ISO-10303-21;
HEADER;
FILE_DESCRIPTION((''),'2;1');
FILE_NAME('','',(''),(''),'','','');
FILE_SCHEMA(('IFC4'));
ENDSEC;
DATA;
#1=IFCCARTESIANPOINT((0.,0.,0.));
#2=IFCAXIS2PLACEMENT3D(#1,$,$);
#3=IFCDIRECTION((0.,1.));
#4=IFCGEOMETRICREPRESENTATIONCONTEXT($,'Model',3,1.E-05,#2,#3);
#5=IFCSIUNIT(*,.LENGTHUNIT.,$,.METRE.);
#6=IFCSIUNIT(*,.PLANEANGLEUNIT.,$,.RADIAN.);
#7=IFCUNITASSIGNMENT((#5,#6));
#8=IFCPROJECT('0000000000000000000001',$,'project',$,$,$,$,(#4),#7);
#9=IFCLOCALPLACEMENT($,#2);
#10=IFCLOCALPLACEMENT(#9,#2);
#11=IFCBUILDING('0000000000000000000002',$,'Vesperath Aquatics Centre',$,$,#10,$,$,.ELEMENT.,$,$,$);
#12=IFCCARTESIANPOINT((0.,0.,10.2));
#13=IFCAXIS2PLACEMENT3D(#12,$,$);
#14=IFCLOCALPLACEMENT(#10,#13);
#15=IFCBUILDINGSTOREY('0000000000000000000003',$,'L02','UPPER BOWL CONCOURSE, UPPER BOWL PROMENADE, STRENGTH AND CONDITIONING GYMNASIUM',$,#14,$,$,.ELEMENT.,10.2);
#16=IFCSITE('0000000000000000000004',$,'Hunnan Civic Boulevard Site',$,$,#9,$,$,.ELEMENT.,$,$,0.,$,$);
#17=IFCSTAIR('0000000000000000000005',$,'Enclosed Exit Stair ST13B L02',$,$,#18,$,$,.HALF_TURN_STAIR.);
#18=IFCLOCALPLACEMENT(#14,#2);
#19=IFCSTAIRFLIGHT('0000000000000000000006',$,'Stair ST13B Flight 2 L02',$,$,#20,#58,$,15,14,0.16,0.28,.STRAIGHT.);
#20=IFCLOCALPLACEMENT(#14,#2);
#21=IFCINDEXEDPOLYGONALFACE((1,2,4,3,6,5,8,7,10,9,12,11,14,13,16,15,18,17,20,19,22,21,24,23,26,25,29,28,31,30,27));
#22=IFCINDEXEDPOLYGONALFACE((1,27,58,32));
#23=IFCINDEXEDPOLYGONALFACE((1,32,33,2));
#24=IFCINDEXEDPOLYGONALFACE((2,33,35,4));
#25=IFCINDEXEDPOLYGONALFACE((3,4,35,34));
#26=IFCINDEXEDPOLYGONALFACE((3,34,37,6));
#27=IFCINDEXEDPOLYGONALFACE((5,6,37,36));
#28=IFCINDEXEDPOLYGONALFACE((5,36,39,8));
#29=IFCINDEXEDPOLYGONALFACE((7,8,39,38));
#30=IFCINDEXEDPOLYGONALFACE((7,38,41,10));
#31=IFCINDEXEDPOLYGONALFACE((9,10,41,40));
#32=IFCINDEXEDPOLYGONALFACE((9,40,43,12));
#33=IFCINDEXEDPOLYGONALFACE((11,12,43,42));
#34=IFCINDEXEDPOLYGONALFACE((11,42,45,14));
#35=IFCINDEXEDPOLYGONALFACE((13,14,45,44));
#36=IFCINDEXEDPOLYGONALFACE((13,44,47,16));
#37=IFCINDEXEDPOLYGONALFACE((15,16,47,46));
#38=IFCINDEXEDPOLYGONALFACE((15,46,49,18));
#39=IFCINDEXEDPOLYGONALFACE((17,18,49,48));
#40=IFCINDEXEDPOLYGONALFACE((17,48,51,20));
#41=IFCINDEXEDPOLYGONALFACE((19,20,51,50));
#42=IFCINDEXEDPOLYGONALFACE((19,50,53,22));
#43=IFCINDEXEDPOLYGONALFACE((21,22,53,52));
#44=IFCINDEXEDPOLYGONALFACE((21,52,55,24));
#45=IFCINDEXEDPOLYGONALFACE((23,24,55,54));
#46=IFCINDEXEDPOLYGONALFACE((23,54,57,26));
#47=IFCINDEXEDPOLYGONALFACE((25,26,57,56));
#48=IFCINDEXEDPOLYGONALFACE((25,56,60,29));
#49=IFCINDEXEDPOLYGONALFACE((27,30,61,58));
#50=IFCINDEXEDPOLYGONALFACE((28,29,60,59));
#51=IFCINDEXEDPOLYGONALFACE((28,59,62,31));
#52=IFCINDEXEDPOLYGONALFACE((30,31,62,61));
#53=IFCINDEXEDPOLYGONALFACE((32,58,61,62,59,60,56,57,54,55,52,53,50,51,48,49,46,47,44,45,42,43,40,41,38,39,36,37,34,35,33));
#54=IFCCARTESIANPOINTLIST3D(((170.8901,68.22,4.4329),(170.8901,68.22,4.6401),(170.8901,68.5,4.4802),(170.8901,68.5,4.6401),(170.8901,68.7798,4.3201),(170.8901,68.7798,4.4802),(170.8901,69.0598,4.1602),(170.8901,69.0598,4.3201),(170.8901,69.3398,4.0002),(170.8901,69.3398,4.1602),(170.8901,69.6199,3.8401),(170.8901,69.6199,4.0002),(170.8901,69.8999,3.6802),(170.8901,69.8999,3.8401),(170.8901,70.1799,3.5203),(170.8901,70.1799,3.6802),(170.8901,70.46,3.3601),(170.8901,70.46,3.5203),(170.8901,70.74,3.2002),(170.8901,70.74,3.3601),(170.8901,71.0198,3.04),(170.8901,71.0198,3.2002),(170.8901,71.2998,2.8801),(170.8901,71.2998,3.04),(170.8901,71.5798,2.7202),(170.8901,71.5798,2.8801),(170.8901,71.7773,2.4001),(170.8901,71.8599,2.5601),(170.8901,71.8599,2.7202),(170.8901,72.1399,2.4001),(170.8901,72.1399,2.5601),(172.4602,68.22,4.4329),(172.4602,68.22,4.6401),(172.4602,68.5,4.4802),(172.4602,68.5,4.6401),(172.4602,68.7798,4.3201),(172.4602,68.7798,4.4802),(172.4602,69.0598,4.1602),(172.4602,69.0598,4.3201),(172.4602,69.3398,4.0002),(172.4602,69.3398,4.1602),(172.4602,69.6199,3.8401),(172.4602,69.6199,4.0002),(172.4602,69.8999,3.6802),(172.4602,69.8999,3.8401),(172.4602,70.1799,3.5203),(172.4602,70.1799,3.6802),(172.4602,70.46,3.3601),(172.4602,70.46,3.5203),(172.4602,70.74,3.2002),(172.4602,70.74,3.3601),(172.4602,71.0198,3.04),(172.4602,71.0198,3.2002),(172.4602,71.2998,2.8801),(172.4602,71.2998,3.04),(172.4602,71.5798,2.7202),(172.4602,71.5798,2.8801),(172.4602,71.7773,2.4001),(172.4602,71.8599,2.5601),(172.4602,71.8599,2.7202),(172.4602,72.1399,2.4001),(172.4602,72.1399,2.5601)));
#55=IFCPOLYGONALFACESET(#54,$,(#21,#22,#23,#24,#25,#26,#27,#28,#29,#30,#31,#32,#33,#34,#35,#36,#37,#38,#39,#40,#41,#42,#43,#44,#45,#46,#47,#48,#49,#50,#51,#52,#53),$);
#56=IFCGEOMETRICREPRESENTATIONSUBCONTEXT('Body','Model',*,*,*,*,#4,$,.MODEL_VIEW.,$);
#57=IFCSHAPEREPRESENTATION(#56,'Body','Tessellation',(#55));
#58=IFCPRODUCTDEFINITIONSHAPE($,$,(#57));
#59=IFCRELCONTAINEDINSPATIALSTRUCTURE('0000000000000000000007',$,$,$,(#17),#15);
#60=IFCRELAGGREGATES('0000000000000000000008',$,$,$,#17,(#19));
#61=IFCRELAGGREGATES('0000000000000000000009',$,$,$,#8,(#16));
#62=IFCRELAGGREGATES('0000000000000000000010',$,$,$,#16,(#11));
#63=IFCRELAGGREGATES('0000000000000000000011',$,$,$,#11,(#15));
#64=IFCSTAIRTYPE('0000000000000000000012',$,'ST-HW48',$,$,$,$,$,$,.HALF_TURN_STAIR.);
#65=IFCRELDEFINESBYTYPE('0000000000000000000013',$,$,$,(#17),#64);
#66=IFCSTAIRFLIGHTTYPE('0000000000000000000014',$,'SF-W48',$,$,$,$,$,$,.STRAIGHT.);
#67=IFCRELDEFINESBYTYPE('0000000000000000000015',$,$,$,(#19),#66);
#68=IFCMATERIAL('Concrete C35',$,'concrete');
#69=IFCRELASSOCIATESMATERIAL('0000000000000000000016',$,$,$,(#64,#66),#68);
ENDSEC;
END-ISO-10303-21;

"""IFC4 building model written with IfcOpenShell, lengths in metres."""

from ifc_helpers import new_model, si_unit, direction, frame, origin, place, context, subcontext, project, spatial, polyline, outline, extrude, material, type_object, element, aggregate, save


model = new_model("IFC4")

# Units and contexts
model_context = context("Model", 3, precision=1e-05, world=origin(), true_north=direction((0.0, 1.0)))
body_context = subcontext(model_context, "Body", "Model", "MODEL_VIEW")
ifc_project = project(units=[si_unit("LENGTHUNIT", "METRE"), si_unit("PLANEANGLEUNIT", "RADIAN")], contexts=[model_context])

# Site, building, storey
site_placement = place(None, origin())
site = spatial("IfcSite", under=ifc_project, at=site_placement, Name="Hunnan Civic Boulevard Site", CompositionType="ELEMENT", RefElevation=0.0)
building_placement = place(site_placement, origin())
building = spatial("IfcBuilding", under=site, at=building_placement, Name="Vesperath Aquatics Centre", CompositionType="ELEMENT")
storey_placement = place(building_placement, frame((0.0, 0.0, 10.2)))
storey = spatial("IfcBuildingStorey", under=building, at=storey_placement, Name="L02", Description="UPPER BOWL CONCOURSE, UPPER BOWL PROMENADE, STRENGTH AND CONDITIONING GYMNASIUM", CompositionType="ELEMENT", Elevation=10.2)

# Shared definitions
ifc_material_1 = material(Name="Concrete C35", Category="concrete")

# Stair, stair flight
stair_type = type_object("IfcStairType", Name="ST-HW48", PredefinedType="HALF_TURN_STAIR", material=ifc_material_1)
stair_flight_type = type_object("IfcStairFlightType", Name="SF-W48", PredefinedType="STRAIGHT", material=ifc_material_1)
stair_1_placement = place(storey_placement, origin())
stair_1 = element("IfcStair", 1, at=stair_1_placement, inside=storey, type_object=stair_type, Name="Enclosed Exit Stair ST13B L02", PredefinedType="HALF_TURN_STAIR")
stair_flight_1_placement = place(storey_placement, frame((171.675, 72.1399, 2.4001), z_axis=(0.0, 0.0, 1.0), x_axis=(0.0, -1.0, 0.0)))
stair_flight_1 = element("IfcStairFlight", 2, at=stair_flight_1_placement, type_object=stair_flight_type, Name="Stair ST13B Flight 2 L02", NumberOfRisers=15, NumberOfTreads=14, PredefinedType="STRAIGHT", RiserHeight=0.16, TreadLength=0.28, context=body_context, shape_type="SweptSolid", body=[
    extrude(outline(polyline([(0.0, 0.0), (0.0, 0.1599), (0.28, 0.1599), (0.28, 0.3201), (0.5601, 0.3201), (0.5601, 0.48), (0.8401, 0.48), (0.8401, 0.6399), (1.1201, 0.6399), (1.1201, 0.8), (1.3999, 0.8), (1.3999, 0.96), (1.6799, 0.96), (1.6799, 1.1201), (1.96, 1.1201), (1.96, 1.28), (2.24, 1.28), (2.24, 1.4399), (2.52, 1.4399), (2.52, 1.6001), (2.8, 1.6001), (2.8, 1.76), (3.0801, 1.76), (3.0801, 1.9199), (3.3601, 1.9199), (3.3601, 2.0801), (3.6399, 2.0801), (3.6399, 2.24), (3.9199, 2.24), (3.9199, 2.3999), (3.9199, 2.0327), (0.3625, 0.0), (0.0, 0.0)])), frame((0.0, 0.7852, 0.0), z_axis=(0.0, -1.0, 0.0), x_axis=(1.0, 0.0, 0.0)), (0.0, 0.0, 1.0), 1.5701),
])
aggregate(stair_1, [stair_flight_1])

save(model, "model.ifc")
